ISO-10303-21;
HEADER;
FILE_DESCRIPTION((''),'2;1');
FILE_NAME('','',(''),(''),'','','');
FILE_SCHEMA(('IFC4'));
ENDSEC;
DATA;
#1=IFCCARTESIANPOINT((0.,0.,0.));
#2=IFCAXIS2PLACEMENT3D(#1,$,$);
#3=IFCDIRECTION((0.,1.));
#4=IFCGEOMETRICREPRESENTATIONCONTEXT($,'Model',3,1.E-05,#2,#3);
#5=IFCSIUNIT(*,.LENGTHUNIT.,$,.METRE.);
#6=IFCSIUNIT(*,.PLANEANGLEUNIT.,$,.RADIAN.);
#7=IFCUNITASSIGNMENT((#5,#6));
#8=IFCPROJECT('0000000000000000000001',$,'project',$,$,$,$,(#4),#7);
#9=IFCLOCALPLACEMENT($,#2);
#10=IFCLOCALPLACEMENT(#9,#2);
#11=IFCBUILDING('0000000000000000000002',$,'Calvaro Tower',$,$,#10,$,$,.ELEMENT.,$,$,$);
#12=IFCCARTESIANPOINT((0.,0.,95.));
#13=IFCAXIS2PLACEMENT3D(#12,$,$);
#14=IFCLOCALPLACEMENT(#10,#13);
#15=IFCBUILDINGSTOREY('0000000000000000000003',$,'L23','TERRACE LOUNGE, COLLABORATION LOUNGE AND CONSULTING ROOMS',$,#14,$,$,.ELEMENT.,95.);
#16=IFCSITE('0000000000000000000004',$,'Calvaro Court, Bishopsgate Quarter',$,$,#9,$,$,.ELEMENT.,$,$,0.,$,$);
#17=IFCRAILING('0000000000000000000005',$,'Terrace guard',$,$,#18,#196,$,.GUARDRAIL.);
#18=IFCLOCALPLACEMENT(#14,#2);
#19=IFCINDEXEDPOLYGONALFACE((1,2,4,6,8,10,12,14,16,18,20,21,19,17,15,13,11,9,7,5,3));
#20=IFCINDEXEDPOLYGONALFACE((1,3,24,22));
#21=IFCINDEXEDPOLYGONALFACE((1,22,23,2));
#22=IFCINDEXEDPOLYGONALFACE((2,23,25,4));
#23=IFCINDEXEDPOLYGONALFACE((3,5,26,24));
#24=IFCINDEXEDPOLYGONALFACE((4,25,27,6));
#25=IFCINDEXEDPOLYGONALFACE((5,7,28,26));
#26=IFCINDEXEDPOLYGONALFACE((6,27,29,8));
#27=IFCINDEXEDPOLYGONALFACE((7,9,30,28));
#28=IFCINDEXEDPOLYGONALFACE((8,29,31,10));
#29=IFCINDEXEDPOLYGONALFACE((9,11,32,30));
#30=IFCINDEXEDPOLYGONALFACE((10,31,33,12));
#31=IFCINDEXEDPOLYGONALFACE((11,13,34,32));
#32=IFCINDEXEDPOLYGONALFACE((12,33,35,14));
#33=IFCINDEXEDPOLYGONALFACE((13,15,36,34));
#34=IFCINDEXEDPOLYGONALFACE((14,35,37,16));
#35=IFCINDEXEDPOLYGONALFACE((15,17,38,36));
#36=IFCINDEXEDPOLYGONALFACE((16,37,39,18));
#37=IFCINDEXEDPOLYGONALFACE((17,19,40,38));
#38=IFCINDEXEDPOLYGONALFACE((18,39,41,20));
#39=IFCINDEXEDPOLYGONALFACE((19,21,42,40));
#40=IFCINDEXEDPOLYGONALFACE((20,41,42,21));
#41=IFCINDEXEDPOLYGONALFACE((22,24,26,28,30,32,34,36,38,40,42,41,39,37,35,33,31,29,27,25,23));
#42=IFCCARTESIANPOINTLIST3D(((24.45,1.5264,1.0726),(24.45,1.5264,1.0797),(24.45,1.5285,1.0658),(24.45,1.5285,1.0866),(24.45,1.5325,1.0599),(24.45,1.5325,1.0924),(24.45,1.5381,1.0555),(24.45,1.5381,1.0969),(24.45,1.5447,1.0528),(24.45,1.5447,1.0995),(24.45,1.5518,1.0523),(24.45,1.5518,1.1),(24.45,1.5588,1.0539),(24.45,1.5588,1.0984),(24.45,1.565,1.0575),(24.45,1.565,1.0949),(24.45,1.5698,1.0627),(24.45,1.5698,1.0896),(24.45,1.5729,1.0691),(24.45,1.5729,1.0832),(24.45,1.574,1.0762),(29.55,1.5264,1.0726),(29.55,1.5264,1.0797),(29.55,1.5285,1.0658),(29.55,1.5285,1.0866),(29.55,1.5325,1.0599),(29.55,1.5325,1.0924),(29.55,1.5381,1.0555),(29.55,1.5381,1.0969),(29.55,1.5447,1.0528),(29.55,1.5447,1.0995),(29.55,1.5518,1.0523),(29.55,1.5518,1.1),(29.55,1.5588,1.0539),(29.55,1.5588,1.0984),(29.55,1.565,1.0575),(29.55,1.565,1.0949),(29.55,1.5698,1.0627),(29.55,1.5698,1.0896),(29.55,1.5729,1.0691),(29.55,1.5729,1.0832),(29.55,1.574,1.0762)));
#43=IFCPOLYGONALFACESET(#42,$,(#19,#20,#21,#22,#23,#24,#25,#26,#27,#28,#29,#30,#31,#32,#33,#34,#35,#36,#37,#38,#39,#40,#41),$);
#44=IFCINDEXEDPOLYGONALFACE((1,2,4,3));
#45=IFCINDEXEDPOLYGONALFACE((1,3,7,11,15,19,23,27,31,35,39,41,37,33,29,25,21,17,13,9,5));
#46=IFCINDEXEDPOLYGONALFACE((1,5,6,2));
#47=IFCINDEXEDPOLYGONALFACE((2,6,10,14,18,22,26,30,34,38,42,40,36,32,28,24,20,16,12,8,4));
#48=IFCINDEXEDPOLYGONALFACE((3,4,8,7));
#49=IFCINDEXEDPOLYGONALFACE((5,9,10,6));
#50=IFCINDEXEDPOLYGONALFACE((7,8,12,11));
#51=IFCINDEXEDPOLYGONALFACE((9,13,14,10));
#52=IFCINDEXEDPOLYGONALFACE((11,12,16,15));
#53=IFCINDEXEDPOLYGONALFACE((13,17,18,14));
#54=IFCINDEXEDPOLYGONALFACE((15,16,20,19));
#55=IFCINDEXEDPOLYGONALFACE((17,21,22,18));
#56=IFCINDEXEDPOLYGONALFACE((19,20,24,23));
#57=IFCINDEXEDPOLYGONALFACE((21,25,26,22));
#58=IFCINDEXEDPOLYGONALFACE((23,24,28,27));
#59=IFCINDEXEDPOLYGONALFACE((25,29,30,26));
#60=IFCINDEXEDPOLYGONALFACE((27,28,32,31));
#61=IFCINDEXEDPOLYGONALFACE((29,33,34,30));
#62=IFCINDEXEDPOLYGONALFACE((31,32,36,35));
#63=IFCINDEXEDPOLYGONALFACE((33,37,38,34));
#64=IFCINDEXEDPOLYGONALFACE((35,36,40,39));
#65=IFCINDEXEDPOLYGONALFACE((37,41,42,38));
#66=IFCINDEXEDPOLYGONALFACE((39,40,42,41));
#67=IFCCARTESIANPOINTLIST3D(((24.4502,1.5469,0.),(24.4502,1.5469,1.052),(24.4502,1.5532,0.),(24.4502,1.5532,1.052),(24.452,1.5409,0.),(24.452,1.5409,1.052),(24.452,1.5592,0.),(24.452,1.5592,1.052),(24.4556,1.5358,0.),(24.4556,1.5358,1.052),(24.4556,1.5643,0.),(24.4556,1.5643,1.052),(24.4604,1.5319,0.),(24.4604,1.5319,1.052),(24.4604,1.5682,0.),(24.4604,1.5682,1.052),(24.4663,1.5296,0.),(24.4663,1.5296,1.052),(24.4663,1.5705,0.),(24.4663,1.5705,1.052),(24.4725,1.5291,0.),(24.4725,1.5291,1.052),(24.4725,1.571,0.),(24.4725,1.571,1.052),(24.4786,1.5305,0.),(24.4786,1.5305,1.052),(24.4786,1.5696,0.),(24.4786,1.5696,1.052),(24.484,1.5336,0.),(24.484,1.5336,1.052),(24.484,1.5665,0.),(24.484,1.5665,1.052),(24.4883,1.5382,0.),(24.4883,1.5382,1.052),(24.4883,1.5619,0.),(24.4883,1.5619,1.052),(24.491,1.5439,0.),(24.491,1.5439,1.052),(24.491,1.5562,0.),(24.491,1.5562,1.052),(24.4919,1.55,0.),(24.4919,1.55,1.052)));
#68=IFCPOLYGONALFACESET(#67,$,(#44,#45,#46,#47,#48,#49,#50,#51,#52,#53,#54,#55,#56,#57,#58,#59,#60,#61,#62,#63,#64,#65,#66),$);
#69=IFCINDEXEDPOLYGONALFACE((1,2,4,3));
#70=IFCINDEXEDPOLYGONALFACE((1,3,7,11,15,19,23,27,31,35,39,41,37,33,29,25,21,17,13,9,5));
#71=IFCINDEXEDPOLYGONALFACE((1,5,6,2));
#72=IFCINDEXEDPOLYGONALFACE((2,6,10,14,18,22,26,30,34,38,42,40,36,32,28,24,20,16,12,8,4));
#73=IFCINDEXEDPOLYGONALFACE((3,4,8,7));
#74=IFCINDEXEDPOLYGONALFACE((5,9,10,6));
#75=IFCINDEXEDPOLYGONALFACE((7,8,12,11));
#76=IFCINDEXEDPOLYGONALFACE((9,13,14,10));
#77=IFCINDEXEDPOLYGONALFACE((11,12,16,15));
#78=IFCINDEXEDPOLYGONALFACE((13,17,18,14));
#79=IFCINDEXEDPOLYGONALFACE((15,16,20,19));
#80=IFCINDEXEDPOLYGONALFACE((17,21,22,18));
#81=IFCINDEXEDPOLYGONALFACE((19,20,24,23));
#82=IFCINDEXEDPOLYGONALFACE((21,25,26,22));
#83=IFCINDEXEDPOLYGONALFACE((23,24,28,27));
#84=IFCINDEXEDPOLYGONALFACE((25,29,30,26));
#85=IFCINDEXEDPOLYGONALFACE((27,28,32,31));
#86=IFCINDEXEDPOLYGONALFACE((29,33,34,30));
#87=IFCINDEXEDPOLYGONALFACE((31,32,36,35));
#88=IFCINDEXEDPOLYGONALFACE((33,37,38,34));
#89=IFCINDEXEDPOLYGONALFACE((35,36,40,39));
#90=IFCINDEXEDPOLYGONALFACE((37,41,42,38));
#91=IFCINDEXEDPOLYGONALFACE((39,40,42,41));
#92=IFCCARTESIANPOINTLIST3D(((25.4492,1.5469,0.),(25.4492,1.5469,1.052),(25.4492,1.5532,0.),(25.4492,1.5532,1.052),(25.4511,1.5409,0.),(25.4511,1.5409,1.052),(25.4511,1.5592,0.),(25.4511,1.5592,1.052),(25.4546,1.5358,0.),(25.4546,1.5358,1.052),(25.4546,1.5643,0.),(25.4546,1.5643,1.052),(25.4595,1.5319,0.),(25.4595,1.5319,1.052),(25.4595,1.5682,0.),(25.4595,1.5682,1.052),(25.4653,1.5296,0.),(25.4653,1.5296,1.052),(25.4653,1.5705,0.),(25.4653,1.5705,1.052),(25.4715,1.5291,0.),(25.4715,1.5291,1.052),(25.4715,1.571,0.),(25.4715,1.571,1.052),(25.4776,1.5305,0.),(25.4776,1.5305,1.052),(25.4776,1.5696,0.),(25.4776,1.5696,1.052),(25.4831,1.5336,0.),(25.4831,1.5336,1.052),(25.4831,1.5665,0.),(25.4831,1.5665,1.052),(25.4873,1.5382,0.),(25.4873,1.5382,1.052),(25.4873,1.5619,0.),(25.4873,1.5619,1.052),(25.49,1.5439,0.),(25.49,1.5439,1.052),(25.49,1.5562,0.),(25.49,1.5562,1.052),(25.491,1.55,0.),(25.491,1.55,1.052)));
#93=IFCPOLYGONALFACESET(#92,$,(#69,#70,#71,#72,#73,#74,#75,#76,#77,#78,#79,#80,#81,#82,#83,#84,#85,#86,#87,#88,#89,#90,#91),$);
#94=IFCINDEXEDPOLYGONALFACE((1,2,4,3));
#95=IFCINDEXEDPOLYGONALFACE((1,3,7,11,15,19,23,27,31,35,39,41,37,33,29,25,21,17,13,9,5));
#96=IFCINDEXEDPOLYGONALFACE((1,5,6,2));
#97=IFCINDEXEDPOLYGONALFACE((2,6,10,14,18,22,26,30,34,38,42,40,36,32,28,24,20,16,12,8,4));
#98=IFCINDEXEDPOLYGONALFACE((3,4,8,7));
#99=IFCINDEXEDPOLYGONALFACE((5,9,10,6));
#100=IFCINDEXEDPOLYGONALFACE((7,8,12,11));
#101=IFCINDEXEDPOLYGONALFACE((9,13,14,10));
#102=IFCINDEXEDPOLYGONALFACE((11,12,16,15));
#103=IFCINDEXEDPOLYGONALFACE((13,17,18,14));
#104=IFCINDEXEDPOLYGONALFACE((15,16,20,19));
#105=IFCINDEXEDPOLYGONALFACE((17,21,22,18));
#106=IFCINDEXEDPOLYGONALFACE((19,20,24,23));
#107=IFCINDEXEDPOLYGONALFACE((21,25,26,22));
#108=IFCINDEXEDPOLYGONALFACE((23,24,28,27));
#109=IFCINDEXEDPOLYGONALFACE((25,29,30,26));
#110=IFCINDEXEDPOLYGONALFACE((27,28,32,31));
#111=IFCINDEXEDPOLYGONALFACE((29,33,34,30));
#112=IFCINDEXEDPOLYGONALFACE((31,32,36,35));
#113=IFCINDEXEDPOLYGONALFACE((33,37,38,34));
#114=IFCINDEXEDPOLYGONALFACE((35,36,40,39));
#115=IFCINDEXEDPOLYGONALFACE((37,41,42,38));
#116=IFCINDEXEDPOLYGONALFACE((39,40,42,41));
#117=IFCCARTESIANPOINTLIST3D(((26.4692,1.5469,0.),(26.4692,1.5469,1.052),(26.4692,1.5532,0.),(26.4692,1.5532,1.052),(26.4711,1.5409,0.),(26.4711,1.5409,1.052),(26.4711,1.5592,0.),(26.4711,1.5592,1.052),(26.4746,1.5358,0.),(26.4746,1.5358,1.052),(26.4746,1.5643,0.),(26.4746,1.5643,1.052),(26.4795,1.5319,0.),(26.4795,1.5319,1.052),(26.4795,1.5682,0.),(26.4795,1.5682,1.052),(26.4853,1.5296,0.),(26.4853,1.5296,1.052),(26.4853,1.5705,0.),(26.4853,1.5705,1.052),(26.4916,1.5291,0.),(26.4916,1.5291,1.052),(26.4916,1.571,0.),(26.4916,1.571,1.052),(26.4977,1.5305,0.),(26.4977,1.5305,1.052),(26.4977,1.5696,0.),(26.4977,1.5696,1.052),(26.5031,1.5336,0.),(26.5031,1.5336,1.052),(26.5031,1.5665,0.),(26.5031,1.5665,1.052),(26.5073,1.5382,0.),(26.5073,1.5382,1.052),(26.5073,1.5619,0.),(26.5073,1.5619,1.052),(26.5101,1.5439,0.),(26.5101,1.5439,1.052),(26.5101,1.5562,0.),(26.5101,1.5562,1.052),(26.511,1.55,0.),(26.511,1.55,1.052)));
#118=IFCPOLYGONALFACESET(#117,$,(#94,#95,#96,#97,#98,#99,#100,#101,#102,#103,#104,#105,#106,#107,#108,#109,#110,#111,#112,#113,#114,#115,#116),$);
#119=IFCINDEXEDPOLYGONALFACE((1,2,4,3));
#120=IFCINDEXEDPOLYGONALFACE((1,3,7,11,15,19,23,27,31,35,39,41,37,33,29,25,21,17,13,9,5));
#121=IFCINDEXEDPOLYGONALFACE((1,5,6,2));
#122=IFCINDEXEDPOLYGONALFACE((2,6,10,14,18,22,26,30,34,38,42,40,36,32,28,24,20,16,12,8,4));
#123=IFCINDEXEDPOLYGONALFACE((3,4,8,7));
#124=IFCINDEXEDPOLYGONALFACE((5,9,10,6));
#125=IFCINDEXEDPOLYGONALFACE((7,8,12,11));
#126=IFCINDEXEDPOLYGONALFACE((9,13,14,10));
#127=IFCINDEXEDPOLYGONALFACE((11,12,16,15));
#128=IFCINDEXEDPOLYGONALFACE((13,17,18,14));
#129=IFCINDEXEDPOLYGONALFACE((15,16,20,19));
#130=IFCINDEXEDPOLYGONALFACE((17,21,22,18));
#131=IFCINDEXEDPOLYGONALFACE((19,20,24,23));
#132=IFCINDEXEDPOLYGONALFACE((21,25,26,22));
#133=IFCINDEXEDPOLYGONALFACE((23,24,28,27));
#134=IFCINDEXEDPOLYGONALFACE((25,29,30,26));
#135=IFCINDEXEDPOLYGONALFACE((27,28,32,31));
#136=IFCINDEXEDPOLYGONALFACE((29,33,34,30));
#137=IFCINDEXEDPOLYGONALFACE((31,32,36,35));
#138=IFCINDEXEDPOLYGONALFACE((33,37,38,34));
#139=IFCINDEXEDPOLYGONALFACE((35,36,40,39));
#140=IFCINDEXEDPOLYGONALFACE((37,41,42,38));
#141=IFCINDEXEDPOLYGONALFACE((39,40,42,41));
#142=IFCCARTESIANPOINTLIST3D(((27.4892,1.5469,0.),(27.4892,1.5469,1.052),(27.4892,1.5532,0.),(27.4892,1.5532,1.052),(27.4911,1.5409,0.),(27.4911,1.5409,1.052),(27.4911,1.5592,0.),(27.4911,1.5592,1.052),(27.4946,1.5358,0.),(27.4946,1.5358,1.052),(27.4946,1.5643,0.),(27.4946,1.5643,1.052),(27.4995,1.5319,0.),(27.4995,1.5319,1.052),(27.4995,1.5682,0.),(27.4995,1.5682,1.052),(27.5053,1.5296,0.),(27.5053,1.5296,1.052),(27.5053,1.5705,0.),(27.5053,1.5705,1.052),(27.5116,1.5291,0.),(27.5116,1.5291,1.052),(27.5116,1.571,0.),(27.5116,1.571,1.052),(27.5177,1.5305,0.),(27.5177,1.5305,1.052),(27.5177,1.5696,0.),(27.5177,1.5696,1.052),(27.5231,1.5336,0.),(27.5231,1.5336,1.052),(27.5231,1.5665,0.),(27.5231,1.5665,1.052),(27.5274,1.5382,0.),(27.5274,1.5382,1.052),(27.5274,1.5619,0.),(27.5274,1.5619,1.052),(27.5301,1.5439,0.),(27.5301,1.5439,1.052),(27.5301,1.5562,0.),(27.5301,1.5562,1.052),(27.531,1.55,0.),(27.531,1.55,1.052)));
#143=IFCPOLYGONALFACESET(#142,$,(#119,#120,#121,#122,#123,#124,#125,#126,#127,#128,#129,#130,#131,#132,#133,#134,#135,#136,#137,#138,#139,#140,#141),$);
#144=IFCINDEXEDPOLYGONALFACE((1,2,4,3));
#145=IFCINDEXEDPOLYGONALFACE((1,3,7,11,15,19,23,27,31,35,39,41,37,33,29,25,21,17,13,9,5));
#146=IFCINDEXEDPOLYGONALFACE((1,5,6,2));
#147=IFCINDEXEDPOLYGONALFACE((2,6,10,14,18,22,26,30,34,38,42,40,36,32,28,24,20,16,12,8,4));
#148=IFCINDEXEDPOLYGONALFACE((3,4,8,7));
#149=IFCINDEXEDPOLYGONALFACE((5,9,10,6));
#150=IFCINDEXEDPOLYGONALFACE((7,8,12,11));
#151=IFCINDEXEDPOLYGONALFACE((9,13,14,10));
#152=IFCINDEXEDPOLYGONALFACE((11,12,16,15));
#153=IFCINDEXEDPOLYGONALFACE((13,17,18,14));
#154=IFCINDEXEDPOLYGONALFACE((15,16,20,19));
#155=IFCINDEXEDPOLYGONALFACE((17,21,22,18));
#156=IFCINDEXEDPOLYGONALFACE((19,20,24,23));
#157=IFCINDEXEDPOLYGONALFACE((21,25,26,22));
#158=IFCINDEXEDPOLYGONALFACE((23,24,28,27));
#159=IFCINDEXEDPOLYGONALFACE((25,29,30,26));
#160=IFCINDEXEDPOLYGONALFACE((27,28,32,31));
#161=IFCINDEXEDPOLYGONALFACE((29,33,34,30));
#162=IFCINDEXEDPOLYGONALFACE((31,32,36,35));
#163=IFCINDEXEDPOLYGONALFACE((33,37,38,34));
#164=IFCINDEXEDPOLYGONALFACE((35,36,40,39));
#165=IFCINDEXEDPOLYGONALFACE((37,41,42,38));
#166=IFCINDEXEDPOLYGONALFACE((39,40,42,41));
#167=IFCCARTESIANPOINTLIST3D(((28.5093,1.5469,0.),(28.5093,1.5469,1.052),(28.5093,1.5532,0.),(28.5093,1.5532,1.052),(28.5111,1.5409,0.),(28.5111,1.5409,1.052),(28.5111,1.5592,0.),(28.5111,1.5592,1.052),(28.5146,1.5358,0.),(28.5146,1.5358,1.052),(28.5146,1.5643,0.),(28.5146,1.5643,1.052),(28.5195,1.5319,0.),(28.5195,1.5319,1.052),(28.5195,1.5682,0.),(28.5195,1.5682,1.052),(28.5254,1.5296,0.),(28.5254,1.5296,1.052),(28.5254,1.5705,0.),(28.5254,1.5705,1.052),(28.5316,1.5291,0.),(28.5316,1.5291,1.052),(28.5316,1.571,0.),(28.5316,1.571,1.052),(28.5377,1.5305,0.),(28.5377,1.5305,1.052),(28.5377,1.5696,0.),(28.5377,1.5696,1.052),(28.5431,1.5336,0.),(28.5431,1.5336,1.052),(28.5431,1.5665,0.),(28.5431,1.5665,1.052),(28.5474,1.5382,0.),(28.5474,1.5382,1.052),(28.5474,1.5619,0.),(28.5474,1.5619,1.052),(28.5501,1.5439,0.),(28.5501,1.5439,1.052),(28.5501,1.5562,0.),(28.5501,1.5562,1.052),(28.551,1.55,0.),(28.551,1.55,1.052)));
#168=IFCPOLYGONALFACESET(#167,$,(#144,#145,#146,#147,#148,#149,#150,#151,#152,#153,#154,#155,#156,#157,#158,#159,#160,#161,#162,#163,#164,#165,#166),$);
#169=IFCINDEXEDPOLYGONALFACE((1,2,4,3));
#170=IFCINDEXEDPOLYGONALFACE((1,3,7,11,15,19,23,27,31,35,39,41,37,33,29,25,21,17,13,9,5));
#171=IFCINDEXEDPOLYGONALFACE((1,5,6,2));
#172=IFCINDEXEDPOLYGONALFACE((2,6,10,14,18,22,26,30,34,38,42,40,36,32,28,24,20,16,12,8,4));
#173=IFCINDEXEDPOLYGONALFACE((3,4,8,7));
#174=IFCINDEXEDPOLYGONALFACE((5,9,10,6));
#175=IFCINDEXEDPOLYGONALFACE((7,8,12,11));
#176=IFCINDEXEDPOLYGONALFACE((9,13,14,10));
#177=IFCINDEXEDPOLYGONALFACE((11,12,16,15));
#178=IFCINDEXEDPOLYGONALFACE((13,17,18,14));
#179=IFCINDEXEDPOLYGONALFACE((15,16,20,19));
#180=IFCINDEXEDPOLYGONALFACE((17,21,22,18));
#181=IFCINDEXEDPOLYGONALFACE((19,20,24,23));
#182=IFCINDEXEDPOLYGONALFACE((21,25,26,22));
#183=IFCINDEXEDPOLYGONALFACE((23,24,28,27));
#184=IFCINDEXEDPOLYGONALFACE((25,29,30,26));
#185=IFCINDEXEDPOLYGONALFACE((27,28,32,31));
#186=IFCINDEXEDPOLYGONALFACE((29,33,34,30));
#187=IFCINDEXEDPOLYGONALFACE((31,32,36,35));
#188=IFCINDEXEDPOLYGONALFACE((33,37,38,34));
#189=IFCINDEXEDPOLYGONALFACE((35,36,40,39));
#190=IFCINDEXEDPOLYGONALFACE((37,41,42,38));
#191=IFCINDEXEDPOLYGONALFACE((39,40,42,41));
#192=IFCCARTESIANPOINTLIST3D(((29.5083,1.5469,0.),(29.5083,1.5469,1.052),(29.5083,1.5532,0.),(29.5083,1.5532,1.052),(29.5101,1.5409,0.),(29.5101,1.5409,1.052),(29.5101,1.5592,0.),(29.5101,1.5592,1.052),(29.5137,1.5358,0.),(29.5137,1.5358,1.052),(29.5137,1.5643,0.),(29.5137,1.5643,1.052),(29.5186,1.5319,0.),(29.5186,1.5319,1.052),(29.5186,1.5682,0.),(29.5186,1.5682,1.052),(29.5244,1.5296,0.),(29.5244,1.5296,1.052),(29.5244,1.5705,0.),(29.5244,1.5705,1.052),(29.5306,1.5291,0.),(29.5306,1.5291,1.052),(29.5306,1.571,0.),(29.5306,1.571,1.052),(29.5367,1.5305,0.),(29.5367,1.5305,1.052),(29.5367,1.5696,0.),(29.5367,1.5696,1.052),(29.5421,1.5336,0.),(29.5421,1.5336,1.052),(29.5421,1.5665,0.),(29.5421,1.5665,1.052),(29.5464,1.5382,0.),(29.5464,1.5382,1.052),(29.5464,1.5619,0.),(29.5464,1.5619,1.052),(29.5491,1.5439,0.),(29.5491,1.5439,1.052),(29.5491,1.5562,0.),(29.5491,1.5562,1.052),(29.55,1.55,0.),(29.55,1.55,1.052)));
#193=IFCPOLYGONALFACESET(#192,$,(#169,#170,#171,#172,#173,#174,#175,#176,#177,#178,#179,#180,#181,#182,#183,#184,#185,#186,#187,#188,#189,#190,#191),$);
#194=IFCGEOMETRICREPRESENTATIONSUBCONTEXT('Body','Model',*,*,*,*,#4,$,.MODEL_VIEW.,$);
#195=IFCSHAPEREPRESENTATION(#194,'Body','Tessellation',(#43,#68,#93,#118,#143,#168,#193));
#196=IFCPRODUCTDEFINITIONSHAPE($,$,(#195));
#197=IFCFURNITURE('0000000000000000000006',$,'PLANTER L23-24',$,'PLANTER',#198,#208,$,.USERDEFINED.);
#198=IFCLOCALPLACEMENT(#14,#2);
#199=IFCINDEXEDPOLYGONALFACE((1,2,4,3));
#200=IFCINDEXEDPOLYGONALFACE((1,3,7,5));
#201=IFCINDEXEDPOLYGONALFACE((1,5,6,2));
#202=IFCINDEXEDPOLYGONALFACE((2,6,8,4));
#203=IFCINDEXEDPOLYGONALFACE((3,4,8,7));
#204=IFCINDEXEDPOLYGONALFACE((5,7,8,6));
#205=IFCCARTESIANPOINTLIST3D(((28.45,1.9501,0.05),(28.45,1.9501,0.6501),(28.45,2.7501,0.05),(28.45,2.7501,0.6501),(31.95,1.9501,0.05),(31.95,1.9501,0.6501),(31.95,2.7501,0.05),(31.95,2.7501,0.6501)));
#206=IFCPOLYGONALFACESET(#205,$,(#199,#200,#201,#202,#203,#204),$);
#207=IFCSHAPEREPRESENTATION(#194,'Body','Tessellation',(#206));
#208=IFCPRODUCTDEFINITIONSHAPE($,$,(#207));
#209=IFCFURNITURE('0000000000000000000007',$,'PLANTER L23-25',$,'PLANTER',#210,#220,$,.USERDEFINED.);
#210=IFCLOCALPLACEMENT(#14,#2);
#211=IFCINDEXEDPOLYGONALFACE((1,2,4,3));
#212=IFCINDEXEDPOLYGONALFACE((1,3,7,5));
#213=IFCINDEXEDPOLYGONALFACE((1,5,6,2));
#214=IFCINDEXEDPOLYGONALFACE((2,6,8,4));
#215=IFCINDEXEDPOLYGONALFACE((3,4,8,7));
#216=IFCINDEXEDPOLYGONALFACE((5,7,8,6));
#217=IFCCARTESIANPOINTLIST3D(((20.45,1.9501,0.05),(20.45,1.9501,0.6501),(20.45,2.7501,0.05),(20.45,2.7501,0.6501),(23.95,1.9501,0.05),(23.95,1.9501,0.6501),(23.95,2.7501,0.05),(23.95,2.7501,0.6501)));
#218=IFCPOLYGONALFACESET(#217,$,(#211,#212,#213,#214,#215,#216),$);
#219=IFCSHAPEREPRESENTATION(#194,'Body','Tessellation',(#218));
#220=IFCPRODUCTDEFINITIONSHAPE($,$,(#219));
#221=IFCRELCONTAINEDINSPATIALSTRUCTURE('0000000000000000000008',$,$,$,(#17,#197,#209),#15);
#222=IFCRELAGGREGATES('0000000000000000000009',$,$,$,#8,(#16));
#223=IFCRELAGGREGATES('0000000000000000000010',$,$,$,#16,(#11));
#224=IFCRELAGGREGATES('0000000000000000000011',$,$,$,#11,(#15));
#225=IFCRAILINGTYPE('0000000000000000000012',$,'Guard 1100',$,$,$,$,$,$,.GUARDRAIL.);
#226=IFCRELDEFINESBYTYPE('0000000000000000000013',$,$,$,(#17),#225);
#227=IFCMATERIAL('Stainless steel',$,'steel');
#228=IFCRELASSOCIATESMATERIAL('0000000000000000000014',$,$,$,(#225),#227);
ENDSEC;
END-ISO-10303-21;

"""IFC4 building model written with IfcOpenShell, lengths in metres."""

from ifc_helpers import new_model, si_unit, direction, frame, origin, origin_2d, place, context, subcontext, project, spatial, rectangle, circle, extrude, material, type_object, element, save


model = new_model("IFC4")

# Units and contexts
model_context = context("Model", 3, precision=1e-05, world=origin(), true_north=direction((0.0, 1.0)))
body_context = subcontext(model_context, "Body", "Model", "MODEL_VIEW")
ifc_project = project(units=[si_unit("LENGTHUNIT", "METRE"), si_unit("PLANEANGLEUNIT", "RADIAN")], contexts=[model_context])

# Site, building, storey
site_placement = place(None, origin())
site = spatial("IfcSite", under=ifc_project, at=site_placement, Name="Calvaro Court, Bishopsgate Quarter", CompositionType="ELEMENT", RefElevation=0.0)
building_placement = place(site_placement, origin())
building = spatial("IfcBuilding", under=site, at=building_placement, Name="Calvaro Tower", CompositionType="ELEMENT")
storey_placement = place(building_placement, frame((0.0, 0.0, 95.0)))
storey = spatial("IfcBuildingStorey", under=building, at=storey_placement, Name="L23", Description="TERRACE LOUNGE, COLLABORATION LOUNGE AND CONSULTING ROOMS", CompositionType="ELEMENT", Elevation=95.0)

# Railing
ifc_material_1 = material(Name="Stainless steel", Category="steel")
railing_type = type_object("IfcRailingType", Name="Guard 1100", PredefinedType="GUARDRAIL", material=ifc_material_1)
railing_1_placement = place(storey_placement, frame((24.45, 1.55, 0.0)))
element("IfcRailing", 1, at=railing_1_placement, inside=storey, type_object=railing_type, Name="Terrace guard", PredefinedType="GUARDRAIL", context=body_context, shape_type="SweptSolid", body=[
    extrude(circle(Radius=0.0239, at=origin_2d()), frame((0.0, 0.0, 1.0762), z_axis=(1.0, 0.0, 0.0), x_axis=(0.0, 1.0, 0.0)), (0.0, 0.0, 1.0), 5.1001),
    extrude(circle(Radius=0.021, at=origin_2d()), frame((0.021, 0.0, 0.0)), (0.0, 0.0, 1.0), 1.052),
    extrude(circle(Radius=0.021, at=origin_2d()), frame((1.02, 0.0, 0.0)), (0.0, 0.0, 1.0), 1.052),
    extrude(circle(Radius=0.021, at=origin_2d()), frame((2.04, 0.0, 0.0)), (0.0, 0.0, 1.0), 1.052),
    extrude(circle(Radius=0.021, at=origin_2d()), frame((3.0601, 0.0, 0.0)), (0.0, 0.0, 1.0), 1.052),
    extrude(circle(Radius=0.021, at=origin_2d()), frame((4.0801, 0.0, 0.0)), (0.0, 0.0, 1.0), 1.052),
    extrude(circle(Radius=0.021, at=origin_2d()), frame((5.0791, 0.0, 0.0)), (0.0, 0.0, 1.0), 1.052),
])

# Furniture
for number, where, z_axis, x_axis, name in (
    (2, (30.2, 2.3501, 0.05), (0.0, 0.0, 1.0), (1.0, 0.0, 0.0), "PLANTER L23-24"),
    (3, (22.2, 2.3501, 0.05), (0.0, 0.0, 1.0), (1.0, 0.0, 0.0), "PLANTER L23-25"),
):
    element("IfcFurniture", number, at=place(storey_placement, frame(where, z_axis=z_axis, x_axis=x_axis)), inside=storey, Name=name, ObjectType="PLANTER", PredefinedType="USERDEFINED", context=body_context, shape_type="SweptSolid", body=[
        extrude(rectangle(XDim=3.5, YDim=0.8, at=origin_2d()), origin(), (0.0, 0.0, 1.0), 0.6001),
    ])

save(model, "model.ifc")
